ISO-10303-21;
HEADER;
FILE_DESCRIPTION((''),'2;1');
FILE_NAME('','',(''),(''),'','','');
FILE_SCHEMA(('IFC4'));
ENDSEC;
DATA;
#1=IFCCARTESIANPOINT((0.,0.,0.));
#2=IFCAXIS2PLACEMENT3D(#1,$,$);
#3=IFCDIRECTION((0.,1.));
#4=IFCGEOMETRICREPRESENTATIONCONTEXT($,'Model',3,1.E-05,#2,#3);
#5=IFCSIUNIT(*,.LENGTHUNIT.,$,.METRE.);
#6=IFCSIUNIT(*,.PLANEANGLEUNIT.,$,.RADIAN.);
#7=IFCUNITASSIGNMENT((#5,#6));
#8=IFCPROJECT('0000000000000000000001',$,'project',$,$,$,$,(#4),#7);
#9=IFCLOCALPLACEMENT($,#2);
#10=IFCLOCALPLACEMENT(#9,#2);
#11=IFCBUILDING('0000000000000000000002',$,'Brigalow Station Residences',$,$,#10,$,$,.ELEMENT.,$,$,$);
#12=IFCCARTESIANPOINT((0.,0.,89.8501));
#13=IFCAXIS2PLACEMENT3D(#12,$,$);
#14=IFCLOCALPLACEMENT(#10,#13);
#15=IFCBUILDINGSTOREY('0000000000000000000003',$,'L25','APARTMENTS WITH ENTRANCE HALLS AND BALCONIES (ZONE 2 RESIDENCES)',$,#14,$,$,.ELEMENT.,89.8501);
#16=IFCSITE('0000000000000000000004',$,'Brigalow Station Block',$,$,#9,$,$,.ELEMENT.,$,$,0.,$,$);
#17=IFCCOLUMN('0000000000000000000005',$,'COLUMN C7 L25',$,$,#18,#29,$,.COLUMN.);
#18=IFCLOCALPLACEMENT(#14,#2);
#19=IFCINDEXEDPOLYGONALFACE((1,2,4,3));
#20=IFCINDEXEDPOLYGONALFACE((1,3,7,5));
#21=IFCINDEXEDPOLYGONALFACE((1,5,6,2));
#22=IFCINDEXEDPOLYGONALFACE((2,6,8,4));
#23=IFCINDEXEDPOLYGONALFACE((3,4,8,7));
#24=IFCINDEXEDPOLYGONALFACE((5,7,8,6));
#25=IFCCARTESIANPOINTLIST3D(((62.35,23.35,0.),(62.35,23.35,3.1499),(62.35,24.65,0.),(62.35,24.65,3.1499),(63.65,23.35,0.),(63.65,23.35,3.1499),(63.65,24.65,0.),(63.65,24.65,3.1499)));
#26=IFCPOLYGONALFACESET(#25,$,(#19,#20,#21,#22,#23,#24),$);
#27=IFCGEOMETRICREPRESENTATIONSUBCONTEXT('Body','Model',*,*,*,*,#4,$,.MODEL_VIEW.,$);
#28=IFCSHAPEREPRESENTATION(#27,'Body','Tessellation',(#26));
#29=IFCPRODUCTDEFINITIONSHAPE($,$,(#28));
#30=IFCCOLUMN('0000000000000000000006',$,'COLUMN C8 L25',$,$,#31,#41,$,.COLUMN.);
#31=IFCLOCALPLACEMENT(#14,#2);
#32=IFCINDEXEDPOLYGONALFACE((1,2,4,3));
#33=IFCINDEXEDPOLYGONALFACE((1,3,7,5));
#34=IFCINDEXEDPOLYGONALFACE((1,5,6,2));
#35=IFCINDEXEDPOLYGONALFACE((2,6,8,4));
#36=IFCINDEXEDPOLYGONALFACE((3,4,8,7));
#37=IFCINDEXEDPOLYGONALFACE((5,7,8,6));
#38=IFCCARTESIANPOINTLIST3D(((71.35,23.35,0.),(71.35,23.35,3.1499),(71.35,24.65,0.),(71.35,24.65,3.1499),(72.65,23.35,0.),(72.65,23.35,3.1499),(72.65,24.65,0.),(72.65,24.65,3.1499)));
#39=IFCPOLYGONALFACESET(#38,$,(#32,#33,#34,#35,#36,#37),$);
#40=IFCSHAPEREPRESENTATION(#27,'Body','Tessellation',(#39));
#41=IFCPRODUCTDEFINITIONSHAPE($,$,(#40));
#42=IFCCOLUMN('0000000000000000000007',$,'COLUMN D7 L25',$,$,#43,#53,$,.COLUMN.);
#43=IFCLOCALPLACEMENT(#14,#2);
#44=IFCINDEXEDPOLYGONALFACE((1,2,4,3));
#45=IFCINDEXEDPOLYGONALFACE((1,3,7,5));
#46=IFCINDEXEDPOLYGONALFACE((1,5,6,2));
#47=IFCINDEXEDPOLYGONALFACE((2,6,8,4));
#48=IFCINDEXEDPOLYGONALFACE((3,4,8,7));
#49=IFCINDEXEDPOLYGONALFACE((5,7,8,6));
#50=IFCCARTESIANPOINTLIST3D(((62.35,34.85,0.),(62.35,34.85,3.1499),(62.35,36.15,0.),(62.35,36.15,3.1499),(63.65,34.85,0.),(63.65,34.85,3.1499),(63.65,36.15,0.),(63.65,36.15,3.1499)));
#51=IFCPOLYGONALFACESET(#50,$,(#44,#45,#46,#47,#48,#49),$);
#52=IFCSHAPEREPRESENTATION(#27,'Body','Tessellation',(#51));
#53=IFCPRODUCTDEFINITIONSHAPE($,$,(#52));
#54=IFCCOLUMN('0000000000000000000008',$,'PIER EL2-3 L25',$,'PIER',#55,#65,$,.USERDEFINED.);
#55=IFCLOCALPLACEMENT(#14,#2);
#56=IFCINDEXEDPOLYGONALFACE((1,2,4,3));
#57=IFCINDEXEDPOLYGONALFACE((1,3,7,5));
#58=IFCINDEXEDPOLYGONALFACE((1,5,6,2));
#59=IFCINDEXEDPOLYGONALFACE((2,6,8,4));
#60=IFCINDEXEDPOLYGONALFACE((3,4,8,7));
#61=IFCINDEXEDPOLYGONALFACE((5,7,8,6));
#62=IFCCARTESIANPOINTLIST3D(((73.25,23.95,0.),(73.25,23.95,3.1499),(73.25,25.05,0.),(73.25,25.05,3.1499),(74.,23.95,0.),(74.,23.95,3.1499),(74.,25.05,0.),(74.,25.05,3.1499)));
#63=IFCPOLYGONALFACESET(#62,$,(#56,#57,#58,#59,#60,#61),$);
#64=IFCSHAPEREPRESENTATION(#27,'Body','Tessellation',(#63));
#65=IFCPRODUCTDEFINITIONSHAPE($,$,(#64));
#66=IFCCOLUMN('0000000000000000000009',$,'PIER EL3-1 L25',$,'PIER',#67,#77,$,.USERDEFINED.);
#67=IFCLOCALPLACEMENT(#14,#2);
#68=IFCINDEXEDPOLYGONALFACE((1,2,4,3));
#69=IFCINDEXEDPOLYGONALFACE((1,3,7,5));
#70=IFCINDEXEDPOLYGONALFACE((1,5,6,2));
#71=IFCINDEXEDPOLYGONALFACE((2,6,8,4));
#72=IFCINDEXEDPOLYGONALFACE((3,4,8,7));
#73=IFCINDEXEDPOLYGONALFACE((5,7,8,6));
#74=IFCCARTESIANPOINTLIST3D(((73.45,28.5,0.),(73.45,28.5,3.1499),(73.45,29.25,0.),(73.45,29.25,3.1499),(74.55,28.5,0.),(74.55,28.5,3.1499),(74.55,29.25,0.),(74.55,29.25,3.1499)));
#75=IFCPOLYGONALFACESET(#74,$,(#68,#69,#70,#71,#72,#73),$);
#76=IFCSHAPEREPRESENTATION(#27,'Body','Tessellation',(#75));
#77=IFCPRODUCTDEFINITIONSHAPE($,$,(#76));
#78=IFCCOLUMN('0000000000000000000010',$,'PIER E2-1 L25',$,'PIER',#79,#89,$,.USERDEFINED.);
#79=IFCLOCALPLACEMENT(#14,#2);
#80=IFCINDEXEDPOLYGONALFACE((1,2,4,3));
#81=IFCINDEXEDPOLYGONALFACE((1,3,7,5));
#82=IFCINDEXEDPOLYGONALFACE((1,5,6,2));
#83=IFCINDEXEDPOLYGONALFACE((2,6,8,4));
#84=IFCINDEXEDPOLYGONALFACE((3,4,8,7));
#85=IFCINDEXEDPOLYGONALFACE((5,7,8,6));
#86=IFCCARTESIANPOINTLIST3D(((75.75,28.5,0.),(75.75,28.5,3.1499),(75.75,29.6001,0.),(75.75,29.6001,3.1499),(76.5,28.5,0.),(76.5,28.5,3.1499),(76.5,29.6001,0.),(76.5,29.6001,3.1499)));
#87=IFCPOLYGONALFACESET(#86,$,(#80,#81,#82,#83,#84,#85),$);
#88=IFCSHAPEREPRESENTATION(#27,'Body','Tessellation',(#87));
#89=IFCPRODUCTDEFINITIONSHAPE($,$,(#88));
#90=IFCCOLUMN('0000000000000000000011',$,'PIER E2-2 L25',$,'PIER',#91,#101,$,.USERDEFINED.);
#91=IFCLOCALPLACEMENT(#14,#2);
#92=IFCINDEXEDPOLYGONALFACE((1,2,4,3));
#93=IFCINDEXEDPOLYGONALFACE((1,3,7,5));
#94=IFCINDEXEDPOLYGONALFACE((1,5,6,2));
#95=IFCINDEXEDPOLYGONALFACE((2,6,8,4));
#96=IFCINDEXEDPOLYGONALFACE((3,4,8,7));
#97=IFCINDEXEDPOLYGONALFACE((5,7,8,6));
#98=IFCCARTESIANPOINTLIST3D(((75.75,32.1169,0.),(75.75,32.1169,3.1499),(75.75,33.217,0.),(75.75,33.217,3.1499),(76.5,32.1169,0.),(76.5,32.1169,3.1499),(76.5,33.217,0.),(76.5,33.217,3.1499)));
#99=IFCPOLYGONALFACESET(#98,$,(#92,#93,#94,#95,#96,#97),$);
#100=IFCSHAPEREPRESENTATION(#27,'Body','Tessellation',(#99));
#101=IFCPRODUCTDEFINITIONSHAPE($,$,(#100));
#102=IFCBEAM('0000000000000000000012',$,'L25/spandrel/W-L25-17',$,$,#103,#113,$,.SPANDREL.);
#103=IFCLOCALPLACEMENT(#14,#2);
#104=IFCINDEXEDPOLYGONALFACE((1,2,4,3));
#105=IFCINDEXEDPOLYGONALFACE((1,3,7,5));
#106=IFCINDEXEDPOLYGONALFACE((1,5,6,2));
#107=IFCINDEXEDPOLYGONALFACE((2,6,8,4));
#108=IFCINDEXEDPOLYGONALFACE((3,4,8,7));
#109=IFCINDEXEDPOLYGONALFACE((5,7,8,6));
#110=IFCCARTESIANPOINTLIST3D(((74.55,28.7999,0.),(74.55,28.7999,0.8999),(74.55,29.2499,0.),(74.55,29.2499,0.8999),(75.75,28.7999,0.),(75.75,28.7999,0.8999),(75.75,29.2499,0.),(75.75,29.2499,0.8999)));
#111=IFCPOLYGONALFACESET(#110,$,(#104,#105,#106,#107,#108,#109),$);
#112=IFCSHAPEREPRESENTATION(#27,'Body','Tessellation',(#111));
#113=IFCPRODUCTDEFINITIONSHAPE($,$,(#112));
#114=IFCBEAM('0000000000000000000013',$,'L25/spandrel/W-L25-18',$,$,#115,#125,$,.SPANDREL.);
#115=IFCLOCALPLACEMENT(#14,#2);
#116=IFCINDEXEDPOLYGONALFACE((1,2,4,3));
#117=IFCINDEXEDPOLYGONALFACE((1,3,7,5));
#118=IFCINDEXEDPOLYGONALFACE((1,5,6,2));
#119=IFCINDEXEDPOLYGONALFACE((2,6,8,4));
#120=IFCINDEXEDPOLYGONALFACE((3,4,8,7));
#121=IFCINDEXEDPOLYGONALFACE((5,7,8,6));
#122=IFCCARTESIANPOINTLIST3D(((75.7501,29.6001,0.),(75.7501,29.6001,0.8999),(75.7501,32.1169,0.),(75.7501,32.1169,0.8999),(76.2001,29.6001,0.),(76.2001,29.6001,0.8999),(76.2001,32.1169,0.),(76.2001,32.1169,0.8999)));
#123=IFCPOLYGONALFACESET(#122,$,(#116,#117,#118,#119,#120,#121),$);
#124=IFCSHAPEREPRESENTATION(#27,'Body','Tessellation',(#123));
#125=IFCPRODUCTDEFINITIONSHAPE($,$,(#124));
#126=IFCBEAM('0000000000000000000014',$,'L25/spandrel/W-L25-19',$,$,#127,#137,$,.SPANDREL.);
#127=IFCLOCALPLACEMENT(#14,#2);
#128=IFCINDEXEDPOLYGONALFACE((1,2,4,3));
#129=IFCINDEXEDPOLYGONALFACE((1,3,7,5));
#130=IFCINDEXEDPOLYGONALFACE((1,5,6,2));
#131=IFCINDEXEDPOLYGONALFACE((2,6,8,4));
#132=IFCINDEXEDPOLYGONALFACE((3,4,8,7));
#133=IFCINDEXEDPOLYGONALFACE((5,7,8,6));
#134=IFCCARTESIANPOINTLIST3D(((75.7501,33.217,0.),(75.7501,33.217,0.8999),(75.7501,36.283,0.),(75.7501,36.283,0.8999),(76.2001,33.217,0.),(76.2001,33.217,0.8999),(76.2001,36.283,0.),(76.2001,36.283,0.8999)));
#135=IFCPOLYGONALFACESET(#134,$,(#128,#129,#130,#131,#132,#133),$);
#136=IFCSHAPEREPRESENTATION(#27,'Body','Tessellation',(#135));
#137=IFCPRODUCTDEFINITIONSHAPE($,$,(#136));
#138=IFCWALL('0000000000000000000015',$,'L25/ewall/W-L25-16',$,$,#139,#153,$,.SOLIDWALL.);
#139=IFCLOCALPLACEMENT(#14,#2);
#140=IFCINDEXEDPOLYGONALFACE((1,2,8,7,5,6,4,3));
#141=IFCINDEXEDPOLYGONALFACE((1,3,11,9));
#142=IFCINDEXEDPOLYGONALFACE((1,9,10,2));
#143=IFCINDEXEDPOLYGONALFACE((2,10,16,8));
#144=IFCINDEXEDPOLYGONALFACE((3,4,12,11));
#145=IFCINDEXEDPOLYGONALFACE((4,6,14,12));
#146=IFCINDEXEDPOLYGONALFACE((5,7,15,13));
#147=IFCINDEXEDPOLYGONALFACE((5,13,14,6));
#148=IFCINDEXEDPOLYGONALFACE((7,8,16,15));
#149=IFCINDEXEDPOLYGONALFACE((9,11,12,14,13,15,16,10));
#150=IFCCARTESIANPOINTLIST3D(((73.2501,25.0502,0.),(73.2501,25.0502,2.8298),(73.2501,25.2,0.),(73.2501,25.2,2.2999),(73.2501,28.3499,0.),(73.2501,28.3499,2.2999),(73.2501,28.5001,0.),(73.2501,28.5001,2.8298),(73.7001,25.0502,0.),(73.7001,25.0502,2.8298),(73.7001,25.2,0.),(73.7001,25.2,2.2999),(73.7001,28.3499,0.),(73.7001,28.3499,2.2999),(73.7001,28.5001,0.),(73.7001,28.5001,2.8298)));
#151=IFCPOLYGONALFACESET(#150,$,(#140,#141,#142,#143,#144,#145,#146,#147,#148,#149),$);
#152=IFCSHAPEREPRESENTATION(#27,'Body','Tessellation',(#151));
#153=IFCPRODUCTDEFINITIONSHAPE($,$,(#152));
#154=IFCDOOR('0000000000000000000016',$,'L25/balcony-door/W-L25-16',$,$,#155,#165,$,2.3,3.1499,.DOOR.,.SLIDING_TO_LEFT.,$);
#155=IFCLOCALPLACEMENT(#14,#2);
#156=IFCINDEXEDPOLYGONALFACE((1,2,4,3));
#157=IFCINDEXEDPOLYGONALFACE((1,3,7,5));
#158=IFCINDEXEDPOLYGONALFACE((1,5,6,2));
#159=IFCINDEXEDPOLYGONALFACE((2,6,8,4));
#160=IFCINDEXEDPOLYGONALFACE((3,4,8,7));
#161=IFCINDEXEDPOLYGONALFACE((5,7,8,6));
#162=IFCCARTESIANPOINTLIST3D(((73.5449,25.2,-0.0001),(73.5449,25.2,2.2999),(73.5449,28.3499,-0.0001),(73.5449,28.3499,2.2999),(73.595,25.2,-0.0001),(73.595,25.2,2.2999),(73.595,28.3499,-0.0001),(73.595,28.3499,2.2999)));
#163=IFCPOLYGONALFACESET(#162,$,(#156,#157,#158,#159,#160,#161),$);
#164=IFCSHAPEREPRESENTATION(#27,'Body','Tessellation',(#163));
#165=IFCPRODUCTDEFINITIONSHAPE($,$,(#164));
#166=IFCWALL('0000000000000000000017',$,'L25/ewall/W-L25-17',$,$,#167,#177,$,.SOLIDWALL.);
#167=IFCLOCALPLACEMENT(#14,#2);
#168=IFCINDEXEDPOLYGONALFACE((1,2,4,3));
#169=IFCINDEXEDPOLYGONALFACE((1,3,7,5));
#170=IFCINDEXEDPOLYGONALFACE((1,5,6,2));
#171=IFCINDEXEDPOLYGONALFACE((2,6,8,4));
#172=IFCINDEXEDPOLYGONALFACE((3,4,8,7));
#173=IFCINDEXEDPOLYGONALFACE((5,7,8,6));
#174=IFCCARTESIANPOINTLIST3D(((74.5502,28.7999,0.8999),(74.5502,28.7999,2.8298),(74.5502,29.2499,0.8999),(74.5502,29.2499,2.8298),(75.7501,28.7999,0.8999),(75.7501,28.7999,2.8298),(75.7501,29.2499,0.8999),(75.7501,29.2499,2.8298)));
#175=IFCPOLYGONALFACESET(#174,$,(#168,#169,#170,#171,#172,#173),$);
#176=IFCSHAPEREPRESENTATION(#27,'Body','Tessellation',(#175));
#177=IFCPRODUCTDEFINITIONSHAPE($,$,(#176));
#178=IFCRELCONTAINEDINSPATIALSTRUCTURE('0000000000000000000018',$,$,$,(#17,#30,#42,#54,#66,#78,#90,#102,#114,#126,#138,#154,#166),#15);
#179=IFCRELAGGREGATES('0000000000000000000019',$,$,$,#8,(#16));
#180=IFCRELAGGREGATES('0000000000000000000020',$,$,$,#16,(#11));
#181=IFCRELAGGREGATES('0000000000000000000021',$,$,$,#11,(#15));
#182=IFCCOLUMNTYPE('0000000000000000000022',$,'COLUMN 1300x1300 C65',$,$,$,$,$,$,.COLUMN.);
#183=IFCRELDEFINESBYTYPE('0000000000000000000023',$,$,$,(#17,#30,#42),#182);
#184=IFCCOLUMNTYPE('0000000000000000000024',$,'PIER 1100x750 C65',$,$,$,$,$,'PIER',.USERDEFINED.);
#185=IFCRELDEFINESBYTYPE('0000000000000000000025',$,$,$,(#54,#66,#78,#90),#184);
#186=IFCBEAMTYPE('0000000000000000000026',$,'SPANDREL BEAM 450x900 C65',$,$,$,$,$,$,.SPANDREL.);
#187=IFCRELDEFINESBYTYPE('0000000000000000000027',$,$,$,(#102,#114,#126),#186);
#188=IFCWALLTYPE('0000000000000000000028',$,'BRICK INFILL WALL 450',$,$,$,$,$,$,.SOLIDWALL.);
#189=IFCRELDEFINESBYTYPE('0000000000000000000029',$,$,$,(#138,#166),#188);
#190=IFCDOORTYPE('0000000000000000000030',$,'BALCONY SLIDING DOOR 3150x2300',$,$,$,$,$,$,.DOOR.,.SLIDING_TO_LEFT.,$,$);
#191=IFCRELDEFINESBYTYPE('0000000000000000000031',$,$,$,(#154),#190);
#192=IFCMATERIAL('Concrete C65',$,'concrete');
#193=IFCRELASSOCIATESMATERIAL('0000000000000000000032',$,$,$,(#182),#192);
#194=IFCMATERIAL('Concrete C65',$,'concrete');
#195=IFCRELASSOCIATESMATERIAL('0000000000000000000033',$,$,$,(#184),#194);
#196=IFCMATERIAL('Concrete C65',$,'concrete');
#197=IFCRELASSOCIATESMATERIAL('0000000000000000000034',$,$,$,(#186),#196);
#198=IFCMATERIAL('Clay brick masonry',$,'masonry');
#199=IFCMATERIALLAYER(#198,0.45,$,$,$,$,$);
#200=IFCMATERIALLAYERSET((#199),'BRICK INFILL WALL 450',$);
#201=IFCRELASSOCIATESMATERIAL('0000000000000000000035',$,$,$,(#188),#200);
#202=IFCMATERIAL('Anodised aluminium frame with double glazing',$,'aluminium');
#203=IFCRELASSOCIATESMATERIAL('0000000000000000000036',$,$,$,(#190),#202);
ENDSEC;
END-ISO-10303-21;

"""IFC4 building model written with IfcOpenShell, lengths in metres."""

from ifc_helpers import new_model, si_unit, direction, frame, frame_2d, origin, origin_2d, place, context, subcontext, project, spatial, rectangle, extrude, material, layer, layer_set, material_profile, profile_set, type_object, element, fill, save


model = new_model("IFC4")

# Units and contexts
model_context = context("Model", 3, precision=1e-05, world=origin(), true_north=direction((0.0, 1.0)))
body_context = subcontext(model_context, "Body", "Model", "MODEL_VIEW")
ifc_project = project(units=[si_unit("LENGTHUNIT", "METRE"), si_unit("PLANEANGLEUNIT", "RADIAN")], contexts=[model_context])

# Site, building, storey
site_placement = place(None, origin())
site = spatial("IfcSite", under=ifc_project, at=site_placement, Name="Brigalow Station Block", CompositionType="ELEMENT", RefElevation=0.0)
building_placement = place(site_placement, origin())
building = spatial("IfcBuilding", under=site, at=building_placement, Name="Brigalow Station Residences", CompositionType="ELEMENT")
storey_placement = place(building_placement, frame((0.0, 0.0, 89.8501)))
storey = spatial("IfcBuildingStorey", under=building, at=storey_placement, Name="L25", Description="APARTMENTS WITH ENTRANCE HALLS AND BALCONIES (ZONE 2 RESIDENCES)", CompositionType="ELEMENT", Elevation=89.8501)

# Columns
ifc_material_1 = material(Name="Concrete C65", Category="concrete")
ifc_material_profile_1 = material_profile(ifc_material_1, rectangle(XDim=1.3, YDim=1.3, at=origin_2d()), Name="RC1300x1300")
ifc_profile_set_1 = profile_set([ifc_material_profile_1], Name="Concrete C65")
column_type_1 = type_object("IfcColumnType", Name="COLUMN 1300x1300 C65", PredefinedType="COLUMN", material=ifc_profile_set_1)
for number, where, z_axis, x_axis, name in (
    (1, (63.0, 24.0, 0.0), (0.0, 0.0, 1.0), (1.0, 0.0, 0.0), "COLUMN C7 L25"),
    (2, (72.0, 24.0, 0.0), (0.0, 0.0, 1.0), (1.0, 0.0, 0.0), "COLUMN C8 L25"),
    (3, (63.0, 35.5, 0.0), (0.0, 0.0, 1.0), (1.0, 0.0, 0.0), "COLUMN D7 L25"),
):
    element("IfcColumn", number, at=place(storey_placement, frame(where, z_axis=z_axis, x_axis=x_axis)), inside=storey, type_object=column_type_1, Name=name, PredefinedType="COLUMN", context=body_context, shape_type="SweptSolid", body=[
        extrude(rectangle(XDim=1.3, YDim=1.3, at=origin_2d()), origin(), (0.0, 0.0, 1.0), 3.1499),
    ])
ifc_material_2 = material(Name="Concrete C65", Category="concrete")
ifc_material_profile_2 = material_profile(ifc_material_2, rectangle(XDim=1.1001, YDim=0.75, at=origin_2d()), Name="RC1100x750")
ifc_profile_set_2 = profile_set([ifc_material_profile_2], Name="Concrete C65")
column_type_2 = type_object("IfcColumnType", Name="PIER 1100x750 C65", ElementType="PIER", PredefinedType="USERDEFINED", material=ifc_profile_set_2)
for number, where, z_axis, x_axis, name in (
    (4, (73.625, 24.5, 0.0), (0.0, 0.0, 1.0), (0.0, 1.0, 0.0), "PIER EL2-3 L25"),
    (5, (74.0, 28.875, 0.0), (0.0, 0.0, 1.0), (1.0, 0.0, 0.0), "PIER EL3-1 L25"),
    (6, (76.125, 29.05, 0.0), (0.0, 0.0, 1.0), (0.0, 1.0, 0.0), "PIER E2-1 L25"),
    (7, (76.125, 32.667, 0.0), (0.0, 0.0, 1.0), (0.0, 1.0, 0.0), "PIER E2-2 L25"),
):
    element("IfcColumn", number, at=place(storey_placement, frame(where, z_axis=z_axis, x_axis=x_axis)), inside=storey, type_object=column_type_2, Name=name, ObjectType="PIER", PredefinedType="USERDEFINED", context=body_context, shape_type="SweptSolid", body=[
        extrude(rectangle(XDim=1.1001, YDim=0.75, at=origin_2d()), origin(), (0.0, 0.0, 1.0), 3.1499),
    ])

# Beams
ifc_material_3 = material(Name="Concrete C65", Category="concrete")
ifc_material_profile_3 = material_profile(ifc_material_3, rectangle(XDim=0.45, YDim=0.8999, at=origin_2d()), Name="RC450x900")
ifc_profile_set_3 = profile_set([ifc_material_profile_3], Name="Concrete C65")
beam_type = type_object("IfcBeamType", Name="SPANDREL BEAM 450x900 C65", PredefinedType="SPANDREL", material=ifc_profile_set_3)
beam_1_placement = place(storey_placement, frame((74.55, 29.0249, 0.45), z_axis=(1.0, 0.0, 0.0), x_axis=(0.0, 1.0, 0.0)))
element("IfcBeam", 8, at=beam_1_placement, inside=storey, type_object=beam_type, Name="L25/spandrel/W-L25-17", PredefinedType="SPANDREL", context=body_context, shape_type="SweptSolid", body=[
    extrude(rectangle(XDim=0.45, YDim=0.8999, at=origin_2d()), origin(), (0.0, 0.0, 1.0), 1.2),
])
beam_2_placement = place(storey_placement, frame((75.9751, 29.6001, 0.45), z_axis=(0.0, 1.0, 0.0), x_axis=(-1.0, 0.0, 0.0)))
element("IfcBeam", 9, at=beam_2_placement, inside=storey, type_object=beam_type, Name="L25/spandrel/W-L25-18", PredefinedType="SPANDREL", context=body_context, shape_type="SweptSolid", body=[
    extrude(rectangle(XDim=0.45, YDim=0.8999, at=origin_2d()), origin(), (0.0, 0.0, 1.0), 2.5168),
])
beam_3_placement = place(storey_placement, frame((75.9751, 33.217, 0.45), z_axis=(0.0, 1.0, 0.0), x_axis=(-1.0, 0.0, 0.0)))
element("IfcBeam", 10, at=beam_3_placement, inside=storey, type_object=beam_type, Name="L25/spandrel/W-L25-19", PredefinedType="SPANDREL", context=body_context, shape_type="SweptSolid", body=[
    extrude(rectangle(XDim=0.45, YDim=0.8999, at=origin_2d()), origin(), (0.0, 0.0, 1.0), 3.0659),
])

# Wall, opening, door
ifc_material_4 = material(Name="Clay brick masonry", Category="masonry")
ifc_layer_1 = layer(ifc_material_4, 0.45)
ifc_layer_set_1 = layer_set([ifc_layer_1], Name="BRICK INFILL WALL 450")
wall_type_1 = type_object("IfcWallType", Name="BRICK INFILL WALL 450", PredefinedType="SOLIDWALL", material=ifc_layer_set_1)
wall_1_placement = place(storey_placement, frame((73.4751, 25.05, 0.0), z_axis=(0.0, 0.0, 1.0), x_axis=(0.0, 1.0, 0.0)))
wall_1 = element("IfcWall", 11, at=wall_1_placement, inside=storey, type_object=wall_type_1, Name="L25/ewall/W-L25-16", PredefinedType="SOLIDWALL", context=body_context, shape_type="SweptSolid", body=[
    extrude(rectangle(XDim=3.45, YDim=0.45, at=frame_2d((1.7251, 0.0))), origin(), (0.0, 0.0, 1.0), 2.8298),
])
opening_1_placement = place(wall_1_placement, frame((0.1499, 0.0, 0.0)))
opening_1 = element("IfcOpeningElement", 12, at=opening_1_placement, cuts=wall_1, PredefinedType="OPENING", context=body_context, shape_type="SweptSolid", body=[
    extrude(rectangle(XDim=3.1499, YDim=2.3, at=frame_2d((1.575, 1.1499))), frame((0.0, 0.2349, 0.0), z_axis=(0.0, -1.0, 0.0), x_axis=(1.0, 0.0, 0.0)), (0.0, 0.0, 1.0), 0.47),
])
ifc_material_5 = material(Name="Anodised aluminium frame with double glazing", Category="aluminium")
door_type_1 = type_object("IfcDoorType", Name="BALCONY SLIDING DOOR 3150x2300", OperationType="SLIDING_TO_LEFT", PredefinedType="DOOR", material=ifc_material_5)
door_1_placement = place(opening_1_placement, origin())
door_1 = element("IfcDoor", 13, at=door_1_placement, inside=storey, type_object=door_type_1, Name="L25/balcony-door/W-L25-16", OperationType="SLIDING_TO_LEFT", OverallHeight=2.3, OverallWidth=3.1499, PredefinedType="DOOR", context=body_context, shape_type="SweptSolid", body=[
    extrude(rectangle(XDim=3.1499, YDim=2.3, at=frame_2d((1.575, 1.1499))), frame((0.0, -0.0698, 0.0), z_axis=(0.0, -1.0, 0.0), x_axis=(1.0, 0.0, 0.0)), (0.0, 0.0, 1.0), 0.05),
])
fill(opening_1, door_1)

# Wall
wall_2_placement = place(storey_placement, frame((74.55, 29.0249, 0.8999), z_axis=(0.0, 0.0, 1.0), x_axis=(1.0, 0.0, 0.0)))
element("IfcWall", 14, at=wall_2_placement, inside=storey, type_object=wall_type_1, Name="L25/ewall/W-L25-17", PredefinedType="SOLIDWALL", context=body_context, shape_type="SweptSolid", body=[
    extrude(rectangle(XDim=1.2, YDim=0.45, at=frame_2d((0.6001, 0.0))), origin(), (0.0, 0.0, 1.0), 1.9299),
])

save(model, "model.ifc")
